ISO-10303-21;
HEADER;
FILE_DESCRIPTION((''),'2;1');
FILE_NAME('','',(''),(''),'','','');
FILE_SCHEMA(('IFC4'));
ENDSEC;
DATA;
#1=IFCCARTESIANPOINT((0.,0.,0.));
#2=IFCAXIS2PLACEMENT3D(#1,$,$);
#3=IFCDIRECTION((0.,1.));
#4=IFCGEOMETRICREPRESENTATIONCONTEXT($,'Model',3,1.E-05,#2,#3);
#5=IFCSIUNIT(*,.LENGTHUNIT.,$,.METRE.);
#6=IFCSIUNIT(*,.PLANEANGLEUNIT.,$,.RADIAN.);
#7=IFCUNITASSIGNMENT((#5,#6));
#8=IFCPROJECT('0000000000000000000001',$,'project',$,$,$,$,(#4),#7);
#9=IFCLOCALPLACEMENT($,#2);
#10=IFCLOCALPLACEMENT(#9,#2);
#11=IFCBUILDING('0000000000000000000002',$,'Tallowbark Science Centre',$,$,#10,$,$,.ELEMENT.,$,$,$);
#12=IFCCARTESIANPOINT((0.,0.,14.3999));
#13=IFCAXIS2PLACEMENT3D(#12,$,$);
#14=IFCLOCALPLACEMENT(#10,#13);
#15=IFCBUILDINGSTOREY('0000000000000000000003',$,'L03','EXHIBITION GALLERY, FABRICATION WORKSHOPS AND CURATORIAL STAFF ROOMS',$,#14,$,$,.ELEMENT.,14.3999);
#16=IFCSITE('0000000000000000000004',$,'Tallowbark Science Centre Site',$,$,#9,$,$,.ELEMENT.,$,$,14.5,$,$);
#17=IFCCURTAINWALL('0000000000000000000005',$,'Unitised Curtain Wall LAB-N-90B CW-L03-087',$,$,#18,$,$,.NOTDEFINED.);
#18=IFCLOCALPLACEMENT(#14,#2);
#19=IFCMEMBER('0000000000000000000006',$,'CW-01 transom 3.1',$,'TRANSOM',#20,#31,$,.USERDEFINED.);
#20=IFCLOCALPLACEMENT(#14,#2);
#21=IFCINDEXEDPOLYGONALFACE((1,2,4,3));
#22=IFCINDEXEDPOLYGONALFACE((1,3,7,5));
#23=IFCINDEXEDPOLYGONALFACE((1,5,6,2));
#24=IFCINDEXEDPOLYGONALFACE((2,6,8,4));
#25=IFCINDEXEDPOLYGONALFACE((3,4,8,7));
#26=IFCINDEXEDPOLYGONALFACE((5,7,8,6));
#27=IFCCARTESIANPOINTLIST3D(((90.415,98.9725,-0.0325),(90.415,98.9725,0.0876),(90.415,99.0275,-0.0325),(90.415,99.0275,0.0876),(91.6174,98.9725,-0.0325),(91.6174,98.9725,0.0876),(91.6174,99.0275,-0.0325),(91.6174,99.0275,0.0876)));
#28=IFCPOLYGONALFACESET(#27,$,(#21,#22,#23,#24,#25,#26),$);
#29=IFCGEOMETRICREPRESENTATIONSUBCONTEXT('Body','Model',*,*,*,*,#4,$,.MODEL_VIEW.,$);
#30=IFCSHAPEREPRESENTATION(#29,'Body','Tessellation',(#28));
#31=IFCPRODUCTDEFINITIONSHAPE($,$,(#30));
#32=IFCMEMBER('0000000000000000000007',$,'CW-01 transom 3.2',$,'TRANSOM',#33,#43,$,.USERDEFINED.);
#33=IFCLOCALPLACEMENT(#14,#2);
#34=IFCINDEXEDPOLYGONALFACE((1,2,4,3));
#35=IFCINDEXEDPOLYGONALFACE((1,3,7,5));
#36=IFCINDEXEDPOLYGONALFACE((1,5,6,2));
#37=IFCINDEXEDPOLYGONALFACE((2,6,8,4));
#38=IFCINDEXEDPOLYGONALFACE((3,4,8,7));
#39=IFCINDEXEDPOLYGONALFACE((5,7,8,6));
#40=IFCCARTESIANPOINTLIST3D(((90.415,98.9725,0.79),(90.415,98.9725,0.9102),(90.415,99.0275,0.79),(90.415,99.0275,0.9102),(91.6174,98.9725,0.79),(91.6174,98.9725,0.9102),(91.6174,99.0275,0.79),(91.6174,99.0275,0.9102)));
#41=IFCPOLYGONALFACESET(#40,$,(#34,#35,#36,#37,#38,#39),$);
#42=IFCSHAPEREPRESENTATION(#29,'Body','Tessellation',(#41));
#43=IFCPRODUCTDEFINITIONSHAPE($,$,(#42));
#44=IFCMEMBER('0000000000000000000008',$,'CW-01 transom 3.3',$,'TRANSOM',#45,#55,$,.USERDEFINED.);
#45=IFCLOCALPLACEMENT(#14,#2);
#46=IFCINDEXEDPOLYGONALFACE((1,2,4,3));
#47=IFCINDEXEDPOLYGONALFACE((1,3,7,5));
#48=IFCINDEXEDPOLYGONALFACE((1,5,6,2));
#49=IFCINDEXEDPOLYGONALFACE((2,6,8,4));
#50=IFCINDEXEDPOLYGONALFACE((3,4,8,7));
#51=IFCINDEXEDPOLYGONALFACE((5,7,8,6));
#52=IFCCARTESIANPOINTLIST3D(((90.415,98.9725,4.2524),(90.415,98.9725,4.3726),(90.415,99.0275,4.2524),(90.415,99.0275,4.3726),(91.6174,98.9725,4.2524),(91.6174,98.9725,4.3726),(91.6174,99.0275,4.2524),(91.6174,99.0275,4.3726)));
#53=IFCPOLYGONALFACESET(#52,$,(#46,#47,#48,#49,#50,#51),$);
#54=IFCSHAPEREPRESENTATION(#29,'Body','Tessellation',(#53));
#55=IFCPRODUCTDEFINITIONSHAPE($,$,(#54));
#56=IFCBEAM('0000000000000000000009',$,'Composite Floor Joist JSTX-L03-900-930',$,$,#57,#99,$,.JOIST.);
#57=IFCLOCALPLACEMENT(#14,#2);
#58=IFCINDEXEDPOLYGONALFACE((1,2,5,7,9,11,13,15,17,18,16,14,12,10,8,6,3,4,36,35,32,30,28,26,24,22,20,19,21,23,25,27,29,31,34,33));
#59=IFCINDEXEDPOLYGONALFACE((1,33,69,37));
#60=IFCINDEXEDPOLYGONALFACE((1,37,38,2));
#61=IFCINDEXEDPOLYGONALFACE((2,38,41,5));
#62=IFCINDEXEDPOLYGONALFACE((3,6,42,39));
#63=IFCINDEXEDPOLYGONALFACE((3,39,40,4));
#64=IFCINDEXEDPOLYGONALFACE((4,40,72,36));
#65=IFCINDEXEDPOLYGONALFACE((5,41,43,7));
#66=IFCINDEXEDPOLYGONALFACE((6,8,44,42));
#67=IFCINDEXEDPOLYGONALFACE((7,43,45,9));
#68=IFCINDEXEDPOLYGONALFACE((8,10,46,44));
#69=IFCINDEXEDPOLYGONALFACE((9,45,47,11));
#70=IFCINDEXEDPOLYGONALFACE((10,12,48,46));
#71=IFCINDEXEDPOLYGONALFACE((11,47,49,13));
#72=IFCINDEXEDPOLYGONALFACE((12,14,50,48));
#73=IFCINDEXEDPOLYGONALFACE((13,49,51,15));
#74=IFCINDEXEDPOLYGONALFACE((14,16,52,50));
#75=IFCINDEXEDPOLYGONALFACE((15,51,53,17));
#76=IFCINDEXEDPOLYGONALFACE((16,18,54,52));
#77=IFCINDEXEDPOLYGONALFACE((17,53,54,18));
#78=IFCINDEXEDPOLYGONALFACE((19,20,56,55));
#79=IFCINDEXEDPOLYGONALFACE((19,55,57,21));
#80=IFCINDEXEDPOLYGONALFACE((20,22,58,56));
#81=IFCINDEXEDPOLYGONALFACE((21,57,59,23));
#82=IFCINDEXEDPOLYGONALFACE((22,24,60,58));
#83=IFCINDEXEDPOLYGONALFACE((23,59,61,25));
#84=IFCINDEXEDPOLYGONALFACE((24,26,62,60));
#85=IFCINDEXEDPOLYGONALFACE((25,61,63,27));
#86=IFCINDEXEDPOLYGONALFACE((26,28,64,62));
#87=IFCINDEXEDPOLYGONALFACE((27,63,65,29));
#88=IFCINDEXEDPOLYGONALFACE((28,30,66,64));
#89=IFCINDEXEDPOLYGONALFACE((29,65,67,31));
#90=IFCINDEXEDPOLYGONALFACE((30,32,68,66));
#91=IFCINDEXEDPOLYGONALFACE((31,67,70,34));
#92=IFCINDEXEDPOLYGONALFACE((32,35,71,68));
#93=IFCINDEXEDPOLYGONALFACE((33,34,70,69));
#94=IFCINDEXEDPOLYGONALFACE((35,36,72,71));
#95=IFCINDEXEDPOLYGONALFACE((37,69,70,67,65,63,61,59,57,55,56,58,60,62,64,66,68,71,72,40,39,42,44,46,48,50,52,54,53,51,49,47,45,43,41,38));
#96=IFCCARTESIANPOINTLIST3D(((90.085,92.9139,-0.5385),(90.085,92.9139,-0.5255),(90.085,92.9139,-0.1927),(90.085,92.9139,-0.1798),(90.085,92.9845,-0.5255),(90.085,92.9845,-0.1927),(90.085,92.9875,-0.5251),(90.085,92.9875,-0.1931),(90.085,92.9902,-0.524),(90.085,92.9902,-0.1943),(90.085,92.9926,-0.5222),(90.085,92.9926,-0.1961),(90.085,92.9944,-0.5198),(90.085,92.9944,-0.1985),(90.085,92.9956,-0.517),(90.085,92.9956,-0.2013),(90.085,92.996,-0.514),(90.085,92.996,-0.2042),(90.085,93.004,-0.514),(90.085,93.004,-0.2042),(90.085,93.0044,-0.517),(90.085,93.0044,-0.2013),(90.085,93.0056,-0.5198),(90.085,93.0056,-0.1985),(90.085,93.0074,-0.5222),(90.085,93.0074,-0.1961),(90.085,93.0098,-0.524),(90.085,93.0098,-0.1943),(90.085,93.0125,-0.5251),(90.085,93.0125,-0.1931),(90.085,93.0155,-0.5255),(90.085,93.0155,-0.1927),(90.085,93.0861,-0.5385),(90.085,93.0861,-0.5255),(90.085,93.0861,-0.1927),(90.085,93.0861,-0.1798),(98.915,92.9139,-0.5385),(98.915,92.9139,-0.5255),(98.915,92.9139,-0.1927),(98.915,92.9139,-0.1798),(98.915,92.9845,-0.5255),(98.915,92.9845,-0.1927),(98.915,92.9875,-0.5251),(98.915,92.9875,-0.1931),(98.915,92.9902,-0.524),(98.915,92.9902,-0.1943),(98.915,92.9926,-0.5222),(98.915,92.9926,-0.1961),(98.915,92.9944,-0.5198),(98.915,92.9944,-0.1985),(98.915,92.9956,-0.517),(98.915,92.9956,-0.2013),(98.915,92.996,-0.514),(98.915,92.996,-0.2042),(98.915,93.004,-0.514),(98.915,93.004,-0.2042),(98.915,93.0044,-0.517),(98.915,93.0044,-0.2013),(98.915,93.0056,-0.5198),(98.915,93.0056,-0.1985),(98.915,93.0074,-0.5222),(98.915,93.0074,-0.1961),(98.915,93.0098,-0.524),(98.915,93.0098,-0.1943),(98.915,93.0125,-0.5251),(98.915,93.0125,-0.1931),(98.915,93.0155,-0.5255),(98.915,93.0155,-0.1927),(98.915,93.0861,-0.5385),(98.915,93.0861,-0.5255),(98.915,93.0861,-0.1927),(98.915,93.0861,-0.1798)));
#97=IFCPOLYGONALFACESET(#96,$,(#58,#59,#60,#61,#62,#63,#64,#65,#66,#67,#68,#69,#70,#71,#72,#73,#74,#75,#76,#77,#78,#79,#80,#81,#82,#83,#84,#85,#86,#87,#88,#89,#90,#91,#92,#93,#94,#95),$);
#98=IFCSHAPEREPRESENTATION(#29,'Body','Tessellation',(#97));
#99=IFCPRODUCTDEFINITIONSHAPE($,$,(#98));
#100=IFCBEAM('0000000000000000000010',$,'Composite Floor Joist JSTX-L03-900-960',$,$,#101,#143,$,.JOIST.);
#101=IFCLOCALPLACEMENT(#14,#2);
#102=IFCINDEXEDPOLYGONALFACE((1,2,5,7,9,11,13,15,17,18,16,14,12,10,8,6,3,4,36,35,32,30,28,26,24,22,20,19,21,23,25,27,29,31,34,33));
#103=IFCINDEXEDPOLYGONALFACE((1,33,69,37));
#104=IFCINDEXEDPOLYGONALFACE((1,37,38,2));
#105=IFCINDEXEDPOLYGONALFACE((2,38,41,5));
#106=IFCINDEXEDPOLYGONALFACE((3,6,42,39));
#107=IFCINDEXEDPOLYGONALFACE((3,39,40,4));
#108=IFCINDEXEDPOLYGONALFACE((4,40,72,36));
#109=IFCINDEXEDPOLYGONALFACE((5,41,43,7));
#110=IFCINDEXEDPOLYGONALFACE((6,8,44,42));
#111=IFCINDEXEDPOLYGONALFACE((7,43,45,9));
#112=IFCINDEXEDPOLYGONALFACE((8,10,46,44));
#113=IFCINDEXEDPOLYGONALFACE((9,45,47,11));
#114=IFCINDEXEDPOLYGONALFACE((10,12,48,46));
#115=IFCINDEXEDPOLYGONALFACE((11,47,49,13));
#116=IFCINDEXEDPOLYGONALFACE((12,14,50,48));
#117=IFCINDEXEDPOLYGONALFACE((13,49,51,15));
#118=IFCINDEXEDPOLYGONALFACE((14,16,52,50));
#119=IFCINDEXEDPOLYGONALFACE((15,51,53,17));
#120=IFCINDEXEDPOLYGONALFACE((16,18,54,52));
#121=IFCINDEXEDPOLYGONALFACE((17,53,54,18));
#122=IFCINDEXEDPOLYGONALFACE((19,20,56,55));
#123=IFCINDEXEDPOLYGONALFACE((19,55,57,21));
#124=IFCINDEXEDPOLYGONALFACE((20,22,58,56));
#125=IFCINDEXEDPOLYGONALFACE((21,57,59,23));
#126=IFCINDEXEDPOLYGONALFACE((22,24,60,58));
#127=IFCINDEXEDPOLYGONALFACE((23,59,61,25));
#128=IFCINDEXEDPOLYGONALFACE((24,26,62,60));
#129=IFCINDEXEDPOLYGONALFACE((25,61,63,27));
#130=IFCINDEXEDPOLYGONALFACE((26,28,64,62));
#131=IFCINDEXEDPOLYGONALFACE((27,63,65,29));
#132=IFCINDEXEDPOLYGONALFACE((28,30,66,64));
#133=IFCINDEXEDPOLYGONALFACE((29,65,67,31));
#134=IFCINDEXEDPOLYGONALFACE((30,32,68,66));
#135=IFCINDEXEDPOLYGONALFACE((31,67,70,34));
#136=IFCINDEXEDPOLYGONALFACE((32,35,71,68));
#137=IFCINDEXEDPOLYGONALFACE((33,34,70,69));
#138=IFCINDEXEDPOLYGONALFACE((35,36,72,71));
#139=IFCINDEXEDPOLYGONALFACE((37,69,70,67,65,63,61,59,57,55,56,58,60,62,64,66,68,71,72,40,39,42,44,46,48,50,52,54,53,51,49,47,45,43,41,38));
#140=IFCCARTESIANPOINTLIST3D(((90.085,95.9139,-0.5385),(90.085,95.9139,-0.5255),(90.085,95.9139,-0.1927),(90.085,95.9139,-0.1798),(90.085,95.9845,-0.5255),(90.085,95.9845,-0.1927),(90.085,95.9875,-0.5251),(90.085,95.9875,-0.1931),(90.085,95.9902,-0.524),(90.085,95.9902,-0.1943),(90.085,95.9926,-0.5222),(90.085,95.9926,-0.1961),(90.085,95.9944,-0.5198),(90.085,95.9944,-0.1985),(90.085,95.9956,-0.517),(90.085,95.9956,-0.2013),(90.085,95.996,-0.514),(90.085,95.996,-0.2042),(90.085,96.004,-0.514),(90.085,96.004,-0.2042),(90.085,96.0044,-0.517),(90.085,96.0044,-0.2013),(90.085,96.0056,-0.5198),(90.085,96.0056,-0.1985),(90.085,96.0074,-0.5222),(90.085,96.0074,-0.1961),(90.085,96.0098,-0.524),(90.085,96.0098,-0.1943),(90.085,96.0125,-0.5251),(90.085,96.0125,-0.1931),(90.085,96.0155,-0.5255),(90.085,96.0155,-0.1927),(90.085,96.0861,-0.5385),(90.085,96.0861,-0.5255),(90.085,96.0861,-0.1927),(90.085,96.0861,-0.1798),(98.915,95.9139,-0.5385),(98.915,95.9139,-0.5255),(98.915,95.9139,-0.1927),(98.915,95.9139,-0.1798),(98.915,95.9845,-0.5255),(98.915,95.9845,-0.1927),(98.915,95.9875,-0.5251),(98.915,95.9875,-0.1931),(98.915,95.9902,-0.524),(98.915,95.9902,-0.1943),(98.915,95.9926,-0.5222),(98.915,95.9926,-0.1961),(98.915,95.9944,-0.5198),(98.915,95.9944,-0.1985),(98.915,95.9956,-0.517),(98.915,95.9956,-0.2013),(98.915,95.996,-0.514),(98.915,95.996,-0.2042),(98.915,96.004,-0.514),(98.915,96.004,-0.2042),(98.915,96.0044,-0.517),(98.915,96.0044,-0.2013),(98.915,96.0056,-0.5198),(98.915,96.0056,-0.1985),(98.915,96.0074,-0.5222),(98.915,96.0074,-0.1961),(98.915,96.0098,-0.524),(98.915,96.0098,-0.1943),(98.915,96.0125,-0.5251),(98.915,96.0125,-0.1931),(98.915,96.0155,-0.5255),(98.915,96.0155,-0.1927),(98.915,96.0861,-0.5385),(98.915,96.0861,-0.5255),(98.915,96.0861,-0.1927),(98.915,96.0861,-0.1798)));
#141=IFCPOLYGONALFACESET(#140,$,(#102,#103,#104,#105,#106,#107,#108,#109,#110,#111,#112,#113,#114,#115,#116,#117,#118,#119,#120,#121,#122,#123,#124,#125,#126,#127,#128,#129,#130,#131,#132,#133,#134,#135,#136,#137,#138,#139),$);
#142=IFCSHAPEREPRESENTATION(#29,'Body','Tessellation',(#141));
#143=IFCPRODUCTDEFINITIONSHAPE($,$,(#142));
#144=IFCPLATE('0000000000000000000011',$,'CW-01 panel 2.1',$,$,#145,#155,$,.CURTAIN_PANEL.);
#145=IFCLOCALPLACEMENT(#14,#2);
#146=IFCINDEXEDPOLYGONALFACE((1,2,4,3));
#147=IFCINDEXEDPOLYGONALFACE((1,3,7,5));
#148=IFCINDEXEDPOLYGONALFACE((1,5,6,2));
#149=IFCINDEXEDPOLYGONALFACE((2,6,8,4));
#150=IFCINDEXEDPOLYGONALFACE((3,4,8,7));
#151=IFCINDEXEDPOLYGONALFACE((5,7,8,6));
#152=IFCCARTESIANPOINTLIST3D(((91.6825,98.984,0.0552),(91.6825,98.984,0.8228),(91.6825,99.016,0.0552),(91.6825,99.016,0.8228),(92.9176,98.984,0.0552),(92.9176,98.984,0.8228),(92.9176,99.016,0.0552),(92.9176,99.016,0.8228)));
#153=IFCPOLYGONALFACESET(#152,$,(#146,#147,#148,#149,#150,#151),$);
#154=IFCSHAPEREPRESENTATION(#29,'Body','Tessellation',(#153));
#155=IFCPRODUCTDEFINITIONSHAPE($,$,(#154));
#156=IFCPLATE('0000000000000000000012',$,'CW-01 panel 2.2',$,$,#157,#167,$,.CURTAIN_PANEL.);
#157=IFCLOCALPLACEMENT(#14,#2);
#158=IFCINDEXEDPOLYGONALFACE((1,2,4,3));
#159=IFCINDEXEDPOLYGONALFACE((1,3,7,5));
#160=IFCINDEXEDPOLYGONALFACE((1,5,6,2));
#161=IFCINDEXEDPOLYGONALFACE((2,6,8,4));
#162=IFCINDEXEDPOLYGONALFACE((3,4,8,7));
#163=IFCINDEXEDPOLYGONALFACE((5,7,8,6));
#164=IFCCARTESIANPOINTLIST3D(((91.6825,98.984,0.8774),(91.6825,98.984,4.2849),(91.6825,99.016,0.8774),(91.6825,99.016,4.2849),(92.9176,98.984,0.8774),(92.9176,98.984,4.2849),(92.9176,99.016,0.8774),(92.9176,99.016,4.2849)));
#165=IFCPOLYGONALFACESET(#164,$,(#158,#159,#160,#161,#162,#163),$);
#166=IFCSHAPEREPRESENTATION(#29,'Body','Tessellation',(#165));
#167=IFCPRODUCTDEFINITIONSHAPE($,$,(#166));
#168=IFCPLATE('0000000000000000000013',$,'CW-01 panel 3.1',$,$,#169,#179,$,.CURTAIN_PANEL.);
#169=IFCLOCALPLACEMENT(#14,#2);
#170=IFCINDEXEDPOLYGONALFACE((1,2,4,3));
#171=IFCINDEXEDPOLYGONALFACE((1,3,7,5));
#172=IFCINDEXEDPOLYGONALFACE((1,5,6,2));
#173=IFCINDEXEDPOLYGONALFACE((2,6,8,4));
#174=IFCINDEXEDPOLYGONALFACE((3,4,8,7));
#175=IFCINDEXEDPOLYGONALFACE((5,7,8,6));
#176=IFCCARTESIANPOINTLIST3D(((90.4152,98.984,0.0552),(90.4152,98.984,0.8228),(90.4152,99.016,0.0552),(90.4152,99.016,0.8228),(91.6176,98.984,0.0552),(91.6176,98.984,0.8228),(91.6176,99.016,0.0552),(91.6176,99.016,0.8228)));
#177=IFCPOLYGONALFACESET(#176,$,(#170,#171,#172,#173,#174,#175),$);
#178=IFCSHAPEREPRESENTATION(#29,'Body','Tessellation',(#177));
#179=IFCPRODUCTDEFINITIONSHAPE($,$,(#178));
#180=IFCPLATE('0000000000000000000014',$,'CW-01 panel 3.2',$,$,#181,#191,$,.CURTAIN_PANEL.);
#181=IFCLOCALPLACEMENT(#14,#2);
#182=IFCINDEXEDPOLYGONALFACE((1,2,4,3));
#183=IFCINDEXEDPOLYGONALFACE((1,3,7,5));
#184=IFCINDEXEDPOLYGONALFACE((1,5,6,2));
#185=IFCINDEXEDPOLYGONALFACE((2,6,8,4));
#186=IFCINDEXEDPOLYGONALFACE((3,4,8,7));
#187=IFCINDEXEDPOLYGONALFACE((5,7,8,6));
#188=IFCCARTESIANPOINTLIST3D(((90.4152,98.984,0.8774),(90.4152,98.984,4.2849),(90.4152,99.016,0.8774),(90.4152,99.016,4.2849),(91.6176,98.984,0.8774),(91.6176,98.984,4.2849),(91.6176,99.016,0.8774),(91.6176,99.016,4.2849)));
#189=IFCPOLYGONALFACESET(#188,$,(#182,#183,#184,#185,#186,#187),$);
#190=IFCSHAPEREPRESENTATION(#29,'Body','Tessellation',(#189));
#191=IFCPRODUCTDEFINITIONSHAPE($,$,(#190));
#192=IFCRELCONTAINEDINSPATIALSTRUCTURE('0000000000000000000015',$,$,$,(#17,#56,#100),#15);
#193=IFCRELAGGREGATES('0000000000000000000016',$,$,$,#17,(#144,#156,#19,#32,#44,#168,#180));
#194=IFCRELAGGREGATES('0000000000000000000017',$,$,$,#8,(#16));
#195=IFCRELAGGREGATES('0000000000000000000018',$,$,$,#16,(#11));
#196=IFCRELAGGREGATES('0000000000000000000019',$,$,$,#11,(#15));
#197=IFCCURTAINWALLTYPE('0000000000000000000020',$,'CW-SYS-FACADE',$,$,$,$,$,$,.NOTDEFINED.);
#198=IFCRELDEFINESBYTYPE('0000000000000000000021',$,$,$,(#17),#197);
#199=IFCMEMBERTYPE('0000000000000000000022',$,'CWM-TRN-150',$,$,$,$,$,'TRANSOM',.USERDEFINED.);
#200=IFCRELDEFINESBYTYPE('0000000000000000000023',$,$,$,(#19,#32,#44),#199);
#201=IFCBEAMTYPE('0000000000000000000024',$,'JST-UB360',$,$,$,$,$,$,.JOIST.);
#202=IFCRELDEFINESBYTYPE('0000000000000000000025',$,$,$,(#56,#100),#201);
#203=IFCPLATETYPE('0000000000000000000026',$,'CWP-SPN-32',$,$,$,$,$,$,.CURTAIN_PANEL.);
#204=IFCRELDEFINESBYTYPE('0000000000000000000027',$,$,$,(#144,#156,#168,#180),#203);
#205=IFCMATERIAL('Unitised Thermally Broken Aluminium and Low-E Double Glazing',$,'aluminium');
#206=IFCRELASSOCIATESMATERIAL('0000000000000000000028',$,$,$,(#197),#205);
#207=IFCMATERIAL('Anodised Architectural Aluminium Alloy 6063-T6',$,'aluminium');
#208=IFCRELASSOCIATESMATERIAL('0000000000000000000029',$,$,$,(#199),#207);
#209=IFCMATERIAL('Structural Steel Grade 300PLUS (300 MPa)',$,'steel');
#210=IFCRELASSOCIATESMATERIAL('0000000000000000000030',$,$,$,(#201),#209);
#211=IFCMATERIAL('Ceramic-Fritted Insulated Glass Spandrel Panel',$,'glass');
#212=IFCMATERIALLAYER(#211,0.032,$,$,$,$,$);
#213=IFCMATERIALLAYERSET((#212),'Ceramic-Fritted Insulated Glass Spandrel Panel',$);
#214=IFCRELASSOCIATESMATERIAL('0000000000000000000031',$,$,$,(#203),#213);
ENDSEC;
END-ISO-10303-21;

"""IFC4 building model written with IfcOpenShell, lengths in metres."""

from ifc_helpers import new_model, si_unit, direction, frame, origin, origin_2d, place, context, subcontext, project, spatial, rectangle, i_section, extrude, material, layer, layer_set, material_profile, profile_set, type_object, element, aggregate, save


model = new_model("IFC4")

# Units and contexts
model_context = context("Model", 3, precision=1e-05, world=origin(), true_north=direction((0.0, 1.0)))
body_context = subcontext(model_context, "Body", "Model", "MODEL_VIEW")
ifc_project = project(units=[si_unit("LENGTHUNIT", "METRE"), si_unit("PLANEANGLEUNIT", "RADIAN")], contexts=[model_context])

# Site, building, storey
site_placement = place(None, origin())
site = spatial("IfcSite", under=ifc_project, at=site_placement, Name="Tallowbark Science Centre Site", CompositionType="ELEMENT", RefElevation=14.5)
building_placement = place(site_placement, origin())
building = spatial("IfcBuilding", under=site, at=building_placement, Name="Tallowbark Science Centre", CompositionType="ELEMENT")
storey_placement = place(building_placement, frame((0.0, 0.0, 14.3999)))
storey = spatial("IfcBuildingStorey", under=building, at=storey_placement, Name="L03", Description="EXHIBITION GALLERY, FABRICATION WORKSHOPS AND CURATORIAL STAFF ROOMS", CompositionType="ELEMENT", Elevation=14.3999)

# Shared definitions
ifc_material_1 = material(Name="Structural Steel Grade 300PLUS (300 MPa)", Category="steel")

# Curtain wall, members
ifc_material_2 = material(Name="Unitised Thermally Broken Aluminium and Low-E Double Glazing", Category="aluminium")
curtain_wall_type = type_object("IfcCurtainWallType", Name="CW-SYS-FACADE", PredefinedType="NOTDEFINED", material=ifc_material_2)
curtain_wall_placement = place(storey_placement, origin())
curtain_wall = element("IfcCurtainWall", 1, at=curtain_wall_placement, inside=storey, type_object=curtain_wall_type, Name="Unitised Curtain Wall LAB-N-90B CW-L03-087", PredefinedType="NOTDEFINED")
ifc_material_3 = material(Name="Anodised Architectural Aluminium Alloy 6063-T6", Category="aluminium")
ifc_material_profile_1 = material_profile(ifc_material_3, rectangle(XDim=0.0549, YDim=0.1201, at=origin_2d()), Name="ALU55x120")
ifc_profile_set_1 = profile_set([ifc_material_profile_1], Name="Anodised Architectural Aluminium Alloy 6063-T6")
member_type_1 = type_object("IfcMemberType", Name="CWM-TRN-150", ElementType="TRANSOM", PredefinedType="USERDEFINED", material=ifc_profile_set_1)
member_1_placement = place(storey_placement, frame((91.6174, 99.0, 0.0276), z_axis=(-1.0, 0.0, 0.0), x_axis=(0.0, -1.0, 0.0)))
member_1 = element("IfcMember", 2, at=member_1_placement, type_object=member_type_1, Name="CW-01 transom 3.1", ObjectType="TRANSOM", PredefinedType="USERDEFINED", context=body_context, shape_type="SweptSolid", body=[
    extrude(rectangle(XDim=0.0549, YDim=0.1201, at=origin_2d()), origin(), (0.0, 0.0, 1.0), 1.2024),
])
member_2_placement = place(storey_placement, frame((91.6174, 99.0, 0.8501), z_axis=(-1.0, 0.0, 0.0), x_axis=(0.0, -1.0, 0.0)))
member_2 = element("IfcMember", 3, at=member_2_placement, type_object=member_type_1, Name="CW-01 transom 3.2", ObjectType="TRANSOM", PredefinedType="USERDEFINED", context=body_context, shape_type="SweptSolid", body=[
    extrude(rectangle(XDim=0.0549, YDim=0.1201, at=origin_2d()), origin(), (0.0, 0.0, 1.0), 1.2024),
])
member_3_placement = place(storey_placement, frame((91.6174, 99.0, 4.3125), z_axis=(-1.0, 0.0, 0.0), x_axis=(0.0, -1.0, 0.0)))
member_3 = element("IfcMember", 4, at=member_3_placement, type_object=member_type_1, Name="CW-01 transom 3.3", ObjectType="TRANSOM", PredefinedType="USERDEFINED", context=body_context, shape_type="SweptSolid", body=[
    extrude(rectangle(XDim=0.0549, YDim=0.1201, at=origin_2d()), origin(), (0.0, 0.0, 1.0), 1.2024),
])

# Beams
ifc_material_profile_2 = material_profile(ifc_material_1, i_section(OverallWidth=0.1721, OverallDepth=0.3586, WebThickness=0.0081, FlangeThickness=0.0129, FilletRadius=0.0115, at=origin_2d()), Name="360UB56.7")
ifc_profile_set_2 = profile_set([ifc_material_profile_2], Name="Structural Steel Grade 300PLUS (300 MPa)")
beam_type_1 = type_object("IfcBeamType", Name="JST-UB360", PredefinedType="JOIST", material=ifc_profile_set_2)
for number, where, z_axis, x_axis, name in (
    (5, (90.085, 93.0, -0.3591), (1.0, 0.0, 0.0), (0.0, 1.0, 0.0), "Composite Floor Joist JSTX-L03-900-930"),
    (6, (90.085, 96.0, -0.3591), (1.0, 0.0, 0.0), (0.0, 1.0, 0.0), "Composite Floor Joist JSTX-L03-900-960"),
):
    element("IfcBeam", number, at=place(storey_placement, frame(where, z_axis=z_axis, x_axis=x_axis)), inside=storey, type_object=beam_type_1, Name=name, PredefinedType="JOIST", context=body_context, shape_type="SweptSolid", body=[
        extrude(i_section(OverallWidth=0.1721, OverallDepth=0.3586, WebThickness=0.0081, FlangeThickness=0.0129, FilletRadius=0.0115, at=origin_2d()), origin(), (0.0, 0.0, 1.0), 8.8301),
    ])

# Plates
ifc_material_4 = material(Name="Ceramic-Fritted Insulated Glass Spandrel Panel", Category="glass")
ifc_layer_1 = layer(ifc_material_4, 0.032)
ifc_layer_set_1 = layer_set([ifc_layer_1], Name="Ceramic-Fritted Insulated Glass Spandrel Panel")
plate_type = type_object("IfcPlateType", Name="CWP-SPN-32", PredefinedType="CURTAIN_PANEL", material=ifc_layer_set_1)
plate_1_placement = place(storey_placement, frame((92.3, 99.0, 0.0552), z_axis=(0.0, 0.0, 1.0), x_axis=(-1.0, 0.0, 0.0)))
plate_1 = element("IfcPlate", 7, at=plate_1_placement, type_object=plate_type, Name="CW-01 panel 2.1", PredefinedType="CURTAIN_PANEL", context=body_context, shape_type="SweptSolid", body=[
    extrude(rectangle(XDim=1.2351, YDim=0.032, at=origin_2d()), origin(), (0.0, 0.0, 1.0), 0.7676),
])
plate_2_placement = place(storey_placement, frame((92.3, 99.0, 0.8774), z_axis=(0.0, 0.0, 1.0), x_axis=(-1.0, 0.0, 0.0)))
plate_2 = element("IfcPlate", 8, at=plate_2_placement, type_object=plate_type, Name="CW-01 panel 2.2", PredefinedType="CURTAIN_PANEL", context=body_context, shape_type="SweptSolid", body=[
    extrude(rectangle(XDim=1.2351, YDim=0.032, at=origin_2d()), origin(), (0.0, 0.0, 1.0), 3.4075),
])
plate_3_placement = place(storey_placement, frame((91.0164, 99.0, 0.0552), z_axis=(0.0, 0.0, 1.0), x_axis=(-1.0, 0.0, 0.0)))
plate_3 = element("IfcPlate", 9, at=plate_3_placement, type_object=plate_type, Name="CW-01 panel 3.1", PredefinedType="CURTAIN_PANEL", context=body_context, shape_type="SweptSolid", body=[
    extrude(rectangle(XDim=1.2024, YDim=0.032, at=origin_2d()), origin(), (0.0, 0.0, 1.0), 0.7676),
])
plate_4_placement = place(storey_placement, frame((91.0164, 99.0, 0.8774), z_axis=(0.0, 0.0, 1.0), x_axis=(-1.0, 0.0, 0.0)))
plate_4 = element("IfcPlate", 10, at=plate_4_placement, type_object=plate_type, Name="CW-01 panel 3.2", PredefinedType="CURTAIN_PANEL", context=body_context, shape_type="SweptSolid", body=[
    extrude(rectangle(XDim=1.2024, YDim=0.032, at=origin_2d()), origin(), (0.0, 0.0, 1.0), 3.4075),
])
aggregate(curtain_wall, [plate_1, plate_2, member_1, member_2, member_3, plate_3, plate_4])

save(model, "model.ifc")
